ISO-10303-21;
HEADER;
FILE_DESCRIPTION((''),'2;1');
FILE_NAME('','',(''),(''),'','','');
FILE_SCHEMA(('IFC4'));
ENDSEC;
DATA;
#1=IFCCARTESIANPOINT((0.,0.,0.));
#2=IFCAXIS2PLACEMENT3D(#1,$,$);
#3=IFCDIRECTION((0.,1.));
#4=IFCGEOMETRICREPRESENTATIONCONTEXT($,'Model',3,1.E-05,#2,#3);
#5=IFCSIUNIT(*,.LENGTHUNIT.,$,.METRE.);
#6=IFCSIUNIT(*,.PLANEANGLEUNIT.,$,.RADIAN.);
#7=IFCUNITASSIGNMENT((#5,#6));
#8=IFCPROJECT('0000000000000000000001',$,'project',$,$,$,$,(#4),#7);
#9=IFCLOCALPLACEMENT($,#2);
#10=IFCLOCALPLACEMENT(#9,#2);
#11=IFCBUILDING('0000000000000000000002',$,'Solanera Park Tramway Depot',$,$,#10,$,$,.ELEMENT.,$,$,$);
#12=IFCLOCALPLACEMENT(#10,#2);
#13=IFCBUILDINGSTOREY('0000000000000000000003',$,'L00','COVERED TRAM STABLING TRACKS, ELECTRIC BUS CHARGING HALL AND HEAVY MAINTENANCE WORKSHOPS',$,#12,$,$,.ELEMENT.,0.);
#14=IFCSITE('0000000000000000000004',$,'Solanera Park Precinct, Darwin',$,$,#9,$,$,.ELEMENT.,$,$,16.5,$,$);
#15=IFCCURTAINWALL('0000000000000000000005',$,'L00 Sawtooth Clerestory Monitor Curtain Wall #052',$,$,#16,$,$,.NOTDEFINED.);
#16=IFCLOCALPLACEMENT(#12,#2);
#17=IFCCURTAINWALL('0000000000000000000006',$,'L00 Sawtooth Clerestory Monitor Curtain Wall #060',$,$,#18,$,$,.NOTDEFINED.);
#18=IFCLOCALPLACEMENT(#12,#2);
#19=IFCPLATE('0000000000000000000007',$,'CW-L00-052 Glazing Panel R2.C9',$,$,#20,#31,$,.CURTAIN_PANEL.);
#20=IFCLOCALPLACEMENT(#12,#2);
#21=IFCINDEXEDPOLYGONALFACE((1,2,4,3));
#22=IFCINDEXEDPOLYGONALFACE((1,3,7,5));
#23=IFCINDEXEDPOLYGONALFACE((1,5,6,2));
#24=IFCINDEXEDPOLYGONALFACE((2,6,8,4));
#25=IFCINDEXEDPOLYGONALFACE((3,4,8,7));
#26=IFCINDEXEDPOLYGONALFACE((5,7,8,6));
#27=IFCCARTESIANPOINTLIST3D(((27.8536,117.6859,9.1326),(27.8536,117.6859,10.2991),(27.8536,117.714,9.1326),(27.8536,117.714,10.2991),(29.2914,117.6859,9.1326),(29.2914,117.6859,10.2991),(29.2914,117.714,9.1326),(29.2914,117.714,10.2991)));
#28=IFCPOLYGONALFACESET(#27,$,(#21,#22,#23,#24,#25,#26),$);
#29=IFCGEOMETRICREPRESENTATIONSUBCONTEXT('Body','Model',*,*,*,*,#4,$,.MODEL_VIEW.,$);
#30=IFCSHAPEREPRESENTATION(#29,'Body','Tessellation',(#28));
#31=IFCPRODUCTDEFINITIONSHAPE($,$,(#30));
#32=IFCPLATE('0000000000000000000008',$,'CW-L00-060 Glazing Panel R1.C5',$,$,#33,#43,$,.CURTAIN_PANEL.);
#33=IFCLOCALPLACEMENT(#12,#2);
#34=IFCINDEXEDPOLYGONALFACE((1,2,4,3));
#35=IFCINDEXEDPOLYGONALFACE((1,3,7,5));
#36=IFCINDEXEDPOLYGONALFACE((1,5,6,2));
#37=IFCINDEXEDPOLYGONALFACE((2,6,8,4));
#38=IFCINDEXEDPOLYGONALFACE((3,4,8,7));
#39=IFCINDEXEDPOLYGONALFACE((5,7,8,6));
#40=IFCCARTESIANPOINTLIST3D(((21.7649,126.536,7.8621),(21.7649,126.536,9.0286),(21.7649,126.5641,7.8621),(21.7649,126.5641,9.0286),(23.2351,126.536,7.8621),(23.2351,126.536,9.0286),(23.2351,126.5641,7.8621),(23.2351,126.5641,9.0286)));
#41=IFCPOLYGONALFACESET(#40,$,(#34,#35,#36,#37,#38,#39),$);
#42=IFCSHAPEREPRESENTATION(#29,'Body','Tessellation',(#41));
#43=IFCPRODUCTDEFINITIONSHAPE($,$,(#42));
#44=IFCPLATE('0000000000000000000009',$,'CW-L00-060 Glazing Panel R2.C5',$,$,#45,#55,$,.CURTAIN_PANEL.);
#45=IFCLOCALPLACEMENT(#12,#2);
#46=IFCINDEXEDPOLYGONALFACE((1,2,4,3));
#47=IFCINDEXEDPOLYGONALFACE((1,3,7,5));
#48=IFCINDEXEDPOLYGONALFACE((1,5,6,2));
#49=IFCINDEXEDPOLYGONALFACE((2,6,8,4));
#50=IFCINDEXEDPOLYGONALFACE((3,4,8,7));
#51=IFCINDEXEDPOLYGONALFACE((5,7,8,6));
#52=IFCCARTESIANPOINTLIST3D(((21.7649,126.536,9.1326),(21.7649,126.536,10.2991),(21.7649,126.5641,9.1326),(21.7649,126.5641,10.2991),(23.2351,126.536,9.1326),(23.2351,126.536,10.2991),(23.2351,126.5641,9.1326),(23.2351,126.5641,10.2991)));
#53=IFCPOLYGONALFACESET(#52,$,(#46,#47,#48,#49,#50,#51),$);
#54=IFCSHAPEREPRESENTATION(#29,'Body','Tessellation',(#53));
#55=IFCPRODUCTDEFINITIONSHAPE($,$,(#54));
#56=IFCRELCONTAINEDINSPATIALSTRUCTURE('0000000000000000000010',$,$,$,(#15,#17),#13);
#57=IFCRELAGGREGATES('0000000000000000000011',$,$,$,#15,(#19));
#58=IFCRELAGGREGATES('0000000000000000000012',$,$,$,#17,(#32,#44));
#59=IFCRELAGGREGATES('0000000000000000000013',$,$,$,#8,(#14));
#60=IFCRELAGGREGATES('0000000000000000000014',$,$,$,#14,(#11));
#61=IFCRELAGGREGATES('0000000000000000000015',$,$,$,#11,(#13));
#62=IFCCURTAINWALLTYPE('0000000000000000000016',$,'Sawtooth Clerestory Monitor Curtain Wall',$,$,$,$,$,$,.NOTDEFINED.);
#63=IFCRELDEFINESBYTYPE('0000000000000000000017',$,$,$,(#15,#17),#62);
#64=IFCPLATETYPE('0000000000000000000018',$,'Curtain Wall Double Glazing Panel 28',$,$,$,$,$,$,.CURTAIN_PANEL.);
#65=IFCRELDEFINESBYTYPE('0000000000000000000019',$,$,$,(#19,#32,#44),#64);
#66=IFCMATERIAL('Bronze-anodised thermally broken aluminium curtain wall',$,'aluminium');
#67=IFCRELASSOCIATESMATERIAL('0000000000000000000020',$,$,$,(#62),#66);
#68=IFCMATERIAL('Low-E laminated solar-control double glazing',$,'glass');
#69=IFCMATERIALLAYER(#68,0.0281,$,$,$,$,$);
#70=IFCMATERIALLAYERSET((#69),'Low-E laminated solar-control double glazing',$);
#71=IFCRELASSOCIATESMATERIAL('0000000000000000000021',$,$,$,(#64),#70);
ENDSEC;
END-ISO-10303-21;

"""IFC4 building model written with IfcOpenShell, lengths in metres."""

from ifc_helpers import new_model, si_unit, direction, frame, origin, origin_2d, place, context, subcontext, project, spatial, rectangle, extrude, material, layer, layer_set, type_object, element, aggregate, save


model = new_model("IFC4")

# Units and contexts
model_context = context("Model", 3, precision=1e-05, world=origin(), true_north=direction((0.0, 1.0)))
body_context = subcontext(model_context, "Body", "Model", "MODEL_VIEW")
ifc_project = project(units=[si_unit("LENGTHUNIT", "METRE"), si_unit("PLANEANGLEUNIT", "RADIAN")], contexts=[model_context])

# Site, building, storey
site_placement = place(None, origin())
site = spatial("IfcSite", under=ifc_project, at=site_placement, Name="Solanera Park Precinct, Darwin", CompositionType="ELEMENT", RefElevation=16.5)
building_placement = place(site_placement, origin())
building = spatial("IfcBuilding", under=site, at=building_placement, Name="Solanera Park Tramway Depot", CompositionType="ELEMENT")
storey_placement = place(building_placement, origin())
storey = spatial("IfcBuildingStorey", under=building, at=storey_placement, Name="L00", Description="COVERED TRAM STABLING TRACKS, ELECTRIC BUS CHARGING HALL AND HEAVY MAINTENANCE WORKSHOPS", CompositionType="ELEMENT", Elevation=0.0)

# Curtain wall
ifc_material_1 = material(Name="Bronze-anodised thermally broken aluminium curtain wall", Category="aluminium")
curtain_wall_type = type_object("IfcCurtainWallType", Name="Sawtooth Clerestory Monitor Curtain Wall", PredefinedType="NOTDEFINED", material=ifc_material_1)
curtain_wall_1_placement = place(storey_placement, origin())
curtain_wall_1 = element("IfcCurtainWall", 1, at=curtain_wall_1_placement, inside=storey, type_object=curtain_wall_type, Name="L00 Sawtooth Clerestory Monitor Curtain Wall #052", PredefinedType="NOTDEFINED")

# Curtain wall
curtain_wall_2_placement = place(storey_placement, origin())
curtain_wall_2 = element("IfcCurtainWall", 2, at=curtain_wall_2_placement, inside=storey, type_object=curtain_wall_type, Name="L00 Sawtooth Clerestory Monitor Curtain Wall #060", PredefinedType="NOTDEFINED")

# Plates
ifc_material_2 = material(Name="Low-E laminated solar-control double glazing", Category="glass")
ifc_layer = layer(ifc_material_2, 0.0281)
ifc_layer_set = layer_set([ifc_layer], Name="Low-E laminated solar-control double glazing")
plate_type = type_object("IfcPlateType", Name="Curtain Wall Double Glazing Panel 28", PredefinedType="CURTAIN_PANEL", material=ifc_layer_set)
plate_1_placement = place(storey_placement, frame((28.5725, 117.7, 9.1326), z_axis=(0.0, 0.0, 1.0), x_axis=(1.0, 0.0, 0.0)))
plate_1 = element("IfcPlate", 3, at=plate_1_placement, type_object=plate_type, Name="CW-L00-052 Glazing Panel R2.C9", PredefinedType="CURTAIN_PANEL", context=body_context, shape_type="SweptSolid", body=[
    extrude(rectangle(XDim=1.4377, YDim=0.0281, at=origin_2d()), origin(), (0.0, 0.0, 1.0), 1.1665),
])
aggregate(curtain_wall_1, [plate_1])
plate_2_placement = place(storey_placement, frame((22.5, 126.55, 7.8621), z_axis=(0.0, 0.0, 1.0), x_axis=(1.0, 0.0, 0.0)))
plate_2 = element("IfcPlate", 4, at=plate_2_placement, type_object=plate_type, Name="CW-L00-060 Glazing Panel R1.C5", PredefinedType="CURTAIN_PANEL", context=body_context, shape_type="SweptSolid", body=[
    extrude(rectangle(XDim=1.4702, YDim=0.0281, at=origin_2d()), origin(), (0.0, 0.0, 1.0), 1.1665),
])
plate_3_placement = place(storey_placement, frame((22.5, 126.55, 9.1326), z_axis=(0.0, 0.0, 1.0), x_axis=(1.0, 0.0, 0.0)))
plate_3 = element("IfcPlate", 5, at=plate_3_placement, type_object=plate_type, Name="CW-L00-060 Glazing Panel R2.C5", PredefinedType="CURTAIN_PANEL", context=body_context, shape_type="SweptSolid", body=[
    extrude(rectangle(XDim=1.4702, YDim=0.0281, at=origin_2d()), origin(), (0.0, 0.0, 1.0), 1.1665),
])
aggregate(curtain_wall_2, [plate_2, plate_3])

save(model, "model.ifc")
